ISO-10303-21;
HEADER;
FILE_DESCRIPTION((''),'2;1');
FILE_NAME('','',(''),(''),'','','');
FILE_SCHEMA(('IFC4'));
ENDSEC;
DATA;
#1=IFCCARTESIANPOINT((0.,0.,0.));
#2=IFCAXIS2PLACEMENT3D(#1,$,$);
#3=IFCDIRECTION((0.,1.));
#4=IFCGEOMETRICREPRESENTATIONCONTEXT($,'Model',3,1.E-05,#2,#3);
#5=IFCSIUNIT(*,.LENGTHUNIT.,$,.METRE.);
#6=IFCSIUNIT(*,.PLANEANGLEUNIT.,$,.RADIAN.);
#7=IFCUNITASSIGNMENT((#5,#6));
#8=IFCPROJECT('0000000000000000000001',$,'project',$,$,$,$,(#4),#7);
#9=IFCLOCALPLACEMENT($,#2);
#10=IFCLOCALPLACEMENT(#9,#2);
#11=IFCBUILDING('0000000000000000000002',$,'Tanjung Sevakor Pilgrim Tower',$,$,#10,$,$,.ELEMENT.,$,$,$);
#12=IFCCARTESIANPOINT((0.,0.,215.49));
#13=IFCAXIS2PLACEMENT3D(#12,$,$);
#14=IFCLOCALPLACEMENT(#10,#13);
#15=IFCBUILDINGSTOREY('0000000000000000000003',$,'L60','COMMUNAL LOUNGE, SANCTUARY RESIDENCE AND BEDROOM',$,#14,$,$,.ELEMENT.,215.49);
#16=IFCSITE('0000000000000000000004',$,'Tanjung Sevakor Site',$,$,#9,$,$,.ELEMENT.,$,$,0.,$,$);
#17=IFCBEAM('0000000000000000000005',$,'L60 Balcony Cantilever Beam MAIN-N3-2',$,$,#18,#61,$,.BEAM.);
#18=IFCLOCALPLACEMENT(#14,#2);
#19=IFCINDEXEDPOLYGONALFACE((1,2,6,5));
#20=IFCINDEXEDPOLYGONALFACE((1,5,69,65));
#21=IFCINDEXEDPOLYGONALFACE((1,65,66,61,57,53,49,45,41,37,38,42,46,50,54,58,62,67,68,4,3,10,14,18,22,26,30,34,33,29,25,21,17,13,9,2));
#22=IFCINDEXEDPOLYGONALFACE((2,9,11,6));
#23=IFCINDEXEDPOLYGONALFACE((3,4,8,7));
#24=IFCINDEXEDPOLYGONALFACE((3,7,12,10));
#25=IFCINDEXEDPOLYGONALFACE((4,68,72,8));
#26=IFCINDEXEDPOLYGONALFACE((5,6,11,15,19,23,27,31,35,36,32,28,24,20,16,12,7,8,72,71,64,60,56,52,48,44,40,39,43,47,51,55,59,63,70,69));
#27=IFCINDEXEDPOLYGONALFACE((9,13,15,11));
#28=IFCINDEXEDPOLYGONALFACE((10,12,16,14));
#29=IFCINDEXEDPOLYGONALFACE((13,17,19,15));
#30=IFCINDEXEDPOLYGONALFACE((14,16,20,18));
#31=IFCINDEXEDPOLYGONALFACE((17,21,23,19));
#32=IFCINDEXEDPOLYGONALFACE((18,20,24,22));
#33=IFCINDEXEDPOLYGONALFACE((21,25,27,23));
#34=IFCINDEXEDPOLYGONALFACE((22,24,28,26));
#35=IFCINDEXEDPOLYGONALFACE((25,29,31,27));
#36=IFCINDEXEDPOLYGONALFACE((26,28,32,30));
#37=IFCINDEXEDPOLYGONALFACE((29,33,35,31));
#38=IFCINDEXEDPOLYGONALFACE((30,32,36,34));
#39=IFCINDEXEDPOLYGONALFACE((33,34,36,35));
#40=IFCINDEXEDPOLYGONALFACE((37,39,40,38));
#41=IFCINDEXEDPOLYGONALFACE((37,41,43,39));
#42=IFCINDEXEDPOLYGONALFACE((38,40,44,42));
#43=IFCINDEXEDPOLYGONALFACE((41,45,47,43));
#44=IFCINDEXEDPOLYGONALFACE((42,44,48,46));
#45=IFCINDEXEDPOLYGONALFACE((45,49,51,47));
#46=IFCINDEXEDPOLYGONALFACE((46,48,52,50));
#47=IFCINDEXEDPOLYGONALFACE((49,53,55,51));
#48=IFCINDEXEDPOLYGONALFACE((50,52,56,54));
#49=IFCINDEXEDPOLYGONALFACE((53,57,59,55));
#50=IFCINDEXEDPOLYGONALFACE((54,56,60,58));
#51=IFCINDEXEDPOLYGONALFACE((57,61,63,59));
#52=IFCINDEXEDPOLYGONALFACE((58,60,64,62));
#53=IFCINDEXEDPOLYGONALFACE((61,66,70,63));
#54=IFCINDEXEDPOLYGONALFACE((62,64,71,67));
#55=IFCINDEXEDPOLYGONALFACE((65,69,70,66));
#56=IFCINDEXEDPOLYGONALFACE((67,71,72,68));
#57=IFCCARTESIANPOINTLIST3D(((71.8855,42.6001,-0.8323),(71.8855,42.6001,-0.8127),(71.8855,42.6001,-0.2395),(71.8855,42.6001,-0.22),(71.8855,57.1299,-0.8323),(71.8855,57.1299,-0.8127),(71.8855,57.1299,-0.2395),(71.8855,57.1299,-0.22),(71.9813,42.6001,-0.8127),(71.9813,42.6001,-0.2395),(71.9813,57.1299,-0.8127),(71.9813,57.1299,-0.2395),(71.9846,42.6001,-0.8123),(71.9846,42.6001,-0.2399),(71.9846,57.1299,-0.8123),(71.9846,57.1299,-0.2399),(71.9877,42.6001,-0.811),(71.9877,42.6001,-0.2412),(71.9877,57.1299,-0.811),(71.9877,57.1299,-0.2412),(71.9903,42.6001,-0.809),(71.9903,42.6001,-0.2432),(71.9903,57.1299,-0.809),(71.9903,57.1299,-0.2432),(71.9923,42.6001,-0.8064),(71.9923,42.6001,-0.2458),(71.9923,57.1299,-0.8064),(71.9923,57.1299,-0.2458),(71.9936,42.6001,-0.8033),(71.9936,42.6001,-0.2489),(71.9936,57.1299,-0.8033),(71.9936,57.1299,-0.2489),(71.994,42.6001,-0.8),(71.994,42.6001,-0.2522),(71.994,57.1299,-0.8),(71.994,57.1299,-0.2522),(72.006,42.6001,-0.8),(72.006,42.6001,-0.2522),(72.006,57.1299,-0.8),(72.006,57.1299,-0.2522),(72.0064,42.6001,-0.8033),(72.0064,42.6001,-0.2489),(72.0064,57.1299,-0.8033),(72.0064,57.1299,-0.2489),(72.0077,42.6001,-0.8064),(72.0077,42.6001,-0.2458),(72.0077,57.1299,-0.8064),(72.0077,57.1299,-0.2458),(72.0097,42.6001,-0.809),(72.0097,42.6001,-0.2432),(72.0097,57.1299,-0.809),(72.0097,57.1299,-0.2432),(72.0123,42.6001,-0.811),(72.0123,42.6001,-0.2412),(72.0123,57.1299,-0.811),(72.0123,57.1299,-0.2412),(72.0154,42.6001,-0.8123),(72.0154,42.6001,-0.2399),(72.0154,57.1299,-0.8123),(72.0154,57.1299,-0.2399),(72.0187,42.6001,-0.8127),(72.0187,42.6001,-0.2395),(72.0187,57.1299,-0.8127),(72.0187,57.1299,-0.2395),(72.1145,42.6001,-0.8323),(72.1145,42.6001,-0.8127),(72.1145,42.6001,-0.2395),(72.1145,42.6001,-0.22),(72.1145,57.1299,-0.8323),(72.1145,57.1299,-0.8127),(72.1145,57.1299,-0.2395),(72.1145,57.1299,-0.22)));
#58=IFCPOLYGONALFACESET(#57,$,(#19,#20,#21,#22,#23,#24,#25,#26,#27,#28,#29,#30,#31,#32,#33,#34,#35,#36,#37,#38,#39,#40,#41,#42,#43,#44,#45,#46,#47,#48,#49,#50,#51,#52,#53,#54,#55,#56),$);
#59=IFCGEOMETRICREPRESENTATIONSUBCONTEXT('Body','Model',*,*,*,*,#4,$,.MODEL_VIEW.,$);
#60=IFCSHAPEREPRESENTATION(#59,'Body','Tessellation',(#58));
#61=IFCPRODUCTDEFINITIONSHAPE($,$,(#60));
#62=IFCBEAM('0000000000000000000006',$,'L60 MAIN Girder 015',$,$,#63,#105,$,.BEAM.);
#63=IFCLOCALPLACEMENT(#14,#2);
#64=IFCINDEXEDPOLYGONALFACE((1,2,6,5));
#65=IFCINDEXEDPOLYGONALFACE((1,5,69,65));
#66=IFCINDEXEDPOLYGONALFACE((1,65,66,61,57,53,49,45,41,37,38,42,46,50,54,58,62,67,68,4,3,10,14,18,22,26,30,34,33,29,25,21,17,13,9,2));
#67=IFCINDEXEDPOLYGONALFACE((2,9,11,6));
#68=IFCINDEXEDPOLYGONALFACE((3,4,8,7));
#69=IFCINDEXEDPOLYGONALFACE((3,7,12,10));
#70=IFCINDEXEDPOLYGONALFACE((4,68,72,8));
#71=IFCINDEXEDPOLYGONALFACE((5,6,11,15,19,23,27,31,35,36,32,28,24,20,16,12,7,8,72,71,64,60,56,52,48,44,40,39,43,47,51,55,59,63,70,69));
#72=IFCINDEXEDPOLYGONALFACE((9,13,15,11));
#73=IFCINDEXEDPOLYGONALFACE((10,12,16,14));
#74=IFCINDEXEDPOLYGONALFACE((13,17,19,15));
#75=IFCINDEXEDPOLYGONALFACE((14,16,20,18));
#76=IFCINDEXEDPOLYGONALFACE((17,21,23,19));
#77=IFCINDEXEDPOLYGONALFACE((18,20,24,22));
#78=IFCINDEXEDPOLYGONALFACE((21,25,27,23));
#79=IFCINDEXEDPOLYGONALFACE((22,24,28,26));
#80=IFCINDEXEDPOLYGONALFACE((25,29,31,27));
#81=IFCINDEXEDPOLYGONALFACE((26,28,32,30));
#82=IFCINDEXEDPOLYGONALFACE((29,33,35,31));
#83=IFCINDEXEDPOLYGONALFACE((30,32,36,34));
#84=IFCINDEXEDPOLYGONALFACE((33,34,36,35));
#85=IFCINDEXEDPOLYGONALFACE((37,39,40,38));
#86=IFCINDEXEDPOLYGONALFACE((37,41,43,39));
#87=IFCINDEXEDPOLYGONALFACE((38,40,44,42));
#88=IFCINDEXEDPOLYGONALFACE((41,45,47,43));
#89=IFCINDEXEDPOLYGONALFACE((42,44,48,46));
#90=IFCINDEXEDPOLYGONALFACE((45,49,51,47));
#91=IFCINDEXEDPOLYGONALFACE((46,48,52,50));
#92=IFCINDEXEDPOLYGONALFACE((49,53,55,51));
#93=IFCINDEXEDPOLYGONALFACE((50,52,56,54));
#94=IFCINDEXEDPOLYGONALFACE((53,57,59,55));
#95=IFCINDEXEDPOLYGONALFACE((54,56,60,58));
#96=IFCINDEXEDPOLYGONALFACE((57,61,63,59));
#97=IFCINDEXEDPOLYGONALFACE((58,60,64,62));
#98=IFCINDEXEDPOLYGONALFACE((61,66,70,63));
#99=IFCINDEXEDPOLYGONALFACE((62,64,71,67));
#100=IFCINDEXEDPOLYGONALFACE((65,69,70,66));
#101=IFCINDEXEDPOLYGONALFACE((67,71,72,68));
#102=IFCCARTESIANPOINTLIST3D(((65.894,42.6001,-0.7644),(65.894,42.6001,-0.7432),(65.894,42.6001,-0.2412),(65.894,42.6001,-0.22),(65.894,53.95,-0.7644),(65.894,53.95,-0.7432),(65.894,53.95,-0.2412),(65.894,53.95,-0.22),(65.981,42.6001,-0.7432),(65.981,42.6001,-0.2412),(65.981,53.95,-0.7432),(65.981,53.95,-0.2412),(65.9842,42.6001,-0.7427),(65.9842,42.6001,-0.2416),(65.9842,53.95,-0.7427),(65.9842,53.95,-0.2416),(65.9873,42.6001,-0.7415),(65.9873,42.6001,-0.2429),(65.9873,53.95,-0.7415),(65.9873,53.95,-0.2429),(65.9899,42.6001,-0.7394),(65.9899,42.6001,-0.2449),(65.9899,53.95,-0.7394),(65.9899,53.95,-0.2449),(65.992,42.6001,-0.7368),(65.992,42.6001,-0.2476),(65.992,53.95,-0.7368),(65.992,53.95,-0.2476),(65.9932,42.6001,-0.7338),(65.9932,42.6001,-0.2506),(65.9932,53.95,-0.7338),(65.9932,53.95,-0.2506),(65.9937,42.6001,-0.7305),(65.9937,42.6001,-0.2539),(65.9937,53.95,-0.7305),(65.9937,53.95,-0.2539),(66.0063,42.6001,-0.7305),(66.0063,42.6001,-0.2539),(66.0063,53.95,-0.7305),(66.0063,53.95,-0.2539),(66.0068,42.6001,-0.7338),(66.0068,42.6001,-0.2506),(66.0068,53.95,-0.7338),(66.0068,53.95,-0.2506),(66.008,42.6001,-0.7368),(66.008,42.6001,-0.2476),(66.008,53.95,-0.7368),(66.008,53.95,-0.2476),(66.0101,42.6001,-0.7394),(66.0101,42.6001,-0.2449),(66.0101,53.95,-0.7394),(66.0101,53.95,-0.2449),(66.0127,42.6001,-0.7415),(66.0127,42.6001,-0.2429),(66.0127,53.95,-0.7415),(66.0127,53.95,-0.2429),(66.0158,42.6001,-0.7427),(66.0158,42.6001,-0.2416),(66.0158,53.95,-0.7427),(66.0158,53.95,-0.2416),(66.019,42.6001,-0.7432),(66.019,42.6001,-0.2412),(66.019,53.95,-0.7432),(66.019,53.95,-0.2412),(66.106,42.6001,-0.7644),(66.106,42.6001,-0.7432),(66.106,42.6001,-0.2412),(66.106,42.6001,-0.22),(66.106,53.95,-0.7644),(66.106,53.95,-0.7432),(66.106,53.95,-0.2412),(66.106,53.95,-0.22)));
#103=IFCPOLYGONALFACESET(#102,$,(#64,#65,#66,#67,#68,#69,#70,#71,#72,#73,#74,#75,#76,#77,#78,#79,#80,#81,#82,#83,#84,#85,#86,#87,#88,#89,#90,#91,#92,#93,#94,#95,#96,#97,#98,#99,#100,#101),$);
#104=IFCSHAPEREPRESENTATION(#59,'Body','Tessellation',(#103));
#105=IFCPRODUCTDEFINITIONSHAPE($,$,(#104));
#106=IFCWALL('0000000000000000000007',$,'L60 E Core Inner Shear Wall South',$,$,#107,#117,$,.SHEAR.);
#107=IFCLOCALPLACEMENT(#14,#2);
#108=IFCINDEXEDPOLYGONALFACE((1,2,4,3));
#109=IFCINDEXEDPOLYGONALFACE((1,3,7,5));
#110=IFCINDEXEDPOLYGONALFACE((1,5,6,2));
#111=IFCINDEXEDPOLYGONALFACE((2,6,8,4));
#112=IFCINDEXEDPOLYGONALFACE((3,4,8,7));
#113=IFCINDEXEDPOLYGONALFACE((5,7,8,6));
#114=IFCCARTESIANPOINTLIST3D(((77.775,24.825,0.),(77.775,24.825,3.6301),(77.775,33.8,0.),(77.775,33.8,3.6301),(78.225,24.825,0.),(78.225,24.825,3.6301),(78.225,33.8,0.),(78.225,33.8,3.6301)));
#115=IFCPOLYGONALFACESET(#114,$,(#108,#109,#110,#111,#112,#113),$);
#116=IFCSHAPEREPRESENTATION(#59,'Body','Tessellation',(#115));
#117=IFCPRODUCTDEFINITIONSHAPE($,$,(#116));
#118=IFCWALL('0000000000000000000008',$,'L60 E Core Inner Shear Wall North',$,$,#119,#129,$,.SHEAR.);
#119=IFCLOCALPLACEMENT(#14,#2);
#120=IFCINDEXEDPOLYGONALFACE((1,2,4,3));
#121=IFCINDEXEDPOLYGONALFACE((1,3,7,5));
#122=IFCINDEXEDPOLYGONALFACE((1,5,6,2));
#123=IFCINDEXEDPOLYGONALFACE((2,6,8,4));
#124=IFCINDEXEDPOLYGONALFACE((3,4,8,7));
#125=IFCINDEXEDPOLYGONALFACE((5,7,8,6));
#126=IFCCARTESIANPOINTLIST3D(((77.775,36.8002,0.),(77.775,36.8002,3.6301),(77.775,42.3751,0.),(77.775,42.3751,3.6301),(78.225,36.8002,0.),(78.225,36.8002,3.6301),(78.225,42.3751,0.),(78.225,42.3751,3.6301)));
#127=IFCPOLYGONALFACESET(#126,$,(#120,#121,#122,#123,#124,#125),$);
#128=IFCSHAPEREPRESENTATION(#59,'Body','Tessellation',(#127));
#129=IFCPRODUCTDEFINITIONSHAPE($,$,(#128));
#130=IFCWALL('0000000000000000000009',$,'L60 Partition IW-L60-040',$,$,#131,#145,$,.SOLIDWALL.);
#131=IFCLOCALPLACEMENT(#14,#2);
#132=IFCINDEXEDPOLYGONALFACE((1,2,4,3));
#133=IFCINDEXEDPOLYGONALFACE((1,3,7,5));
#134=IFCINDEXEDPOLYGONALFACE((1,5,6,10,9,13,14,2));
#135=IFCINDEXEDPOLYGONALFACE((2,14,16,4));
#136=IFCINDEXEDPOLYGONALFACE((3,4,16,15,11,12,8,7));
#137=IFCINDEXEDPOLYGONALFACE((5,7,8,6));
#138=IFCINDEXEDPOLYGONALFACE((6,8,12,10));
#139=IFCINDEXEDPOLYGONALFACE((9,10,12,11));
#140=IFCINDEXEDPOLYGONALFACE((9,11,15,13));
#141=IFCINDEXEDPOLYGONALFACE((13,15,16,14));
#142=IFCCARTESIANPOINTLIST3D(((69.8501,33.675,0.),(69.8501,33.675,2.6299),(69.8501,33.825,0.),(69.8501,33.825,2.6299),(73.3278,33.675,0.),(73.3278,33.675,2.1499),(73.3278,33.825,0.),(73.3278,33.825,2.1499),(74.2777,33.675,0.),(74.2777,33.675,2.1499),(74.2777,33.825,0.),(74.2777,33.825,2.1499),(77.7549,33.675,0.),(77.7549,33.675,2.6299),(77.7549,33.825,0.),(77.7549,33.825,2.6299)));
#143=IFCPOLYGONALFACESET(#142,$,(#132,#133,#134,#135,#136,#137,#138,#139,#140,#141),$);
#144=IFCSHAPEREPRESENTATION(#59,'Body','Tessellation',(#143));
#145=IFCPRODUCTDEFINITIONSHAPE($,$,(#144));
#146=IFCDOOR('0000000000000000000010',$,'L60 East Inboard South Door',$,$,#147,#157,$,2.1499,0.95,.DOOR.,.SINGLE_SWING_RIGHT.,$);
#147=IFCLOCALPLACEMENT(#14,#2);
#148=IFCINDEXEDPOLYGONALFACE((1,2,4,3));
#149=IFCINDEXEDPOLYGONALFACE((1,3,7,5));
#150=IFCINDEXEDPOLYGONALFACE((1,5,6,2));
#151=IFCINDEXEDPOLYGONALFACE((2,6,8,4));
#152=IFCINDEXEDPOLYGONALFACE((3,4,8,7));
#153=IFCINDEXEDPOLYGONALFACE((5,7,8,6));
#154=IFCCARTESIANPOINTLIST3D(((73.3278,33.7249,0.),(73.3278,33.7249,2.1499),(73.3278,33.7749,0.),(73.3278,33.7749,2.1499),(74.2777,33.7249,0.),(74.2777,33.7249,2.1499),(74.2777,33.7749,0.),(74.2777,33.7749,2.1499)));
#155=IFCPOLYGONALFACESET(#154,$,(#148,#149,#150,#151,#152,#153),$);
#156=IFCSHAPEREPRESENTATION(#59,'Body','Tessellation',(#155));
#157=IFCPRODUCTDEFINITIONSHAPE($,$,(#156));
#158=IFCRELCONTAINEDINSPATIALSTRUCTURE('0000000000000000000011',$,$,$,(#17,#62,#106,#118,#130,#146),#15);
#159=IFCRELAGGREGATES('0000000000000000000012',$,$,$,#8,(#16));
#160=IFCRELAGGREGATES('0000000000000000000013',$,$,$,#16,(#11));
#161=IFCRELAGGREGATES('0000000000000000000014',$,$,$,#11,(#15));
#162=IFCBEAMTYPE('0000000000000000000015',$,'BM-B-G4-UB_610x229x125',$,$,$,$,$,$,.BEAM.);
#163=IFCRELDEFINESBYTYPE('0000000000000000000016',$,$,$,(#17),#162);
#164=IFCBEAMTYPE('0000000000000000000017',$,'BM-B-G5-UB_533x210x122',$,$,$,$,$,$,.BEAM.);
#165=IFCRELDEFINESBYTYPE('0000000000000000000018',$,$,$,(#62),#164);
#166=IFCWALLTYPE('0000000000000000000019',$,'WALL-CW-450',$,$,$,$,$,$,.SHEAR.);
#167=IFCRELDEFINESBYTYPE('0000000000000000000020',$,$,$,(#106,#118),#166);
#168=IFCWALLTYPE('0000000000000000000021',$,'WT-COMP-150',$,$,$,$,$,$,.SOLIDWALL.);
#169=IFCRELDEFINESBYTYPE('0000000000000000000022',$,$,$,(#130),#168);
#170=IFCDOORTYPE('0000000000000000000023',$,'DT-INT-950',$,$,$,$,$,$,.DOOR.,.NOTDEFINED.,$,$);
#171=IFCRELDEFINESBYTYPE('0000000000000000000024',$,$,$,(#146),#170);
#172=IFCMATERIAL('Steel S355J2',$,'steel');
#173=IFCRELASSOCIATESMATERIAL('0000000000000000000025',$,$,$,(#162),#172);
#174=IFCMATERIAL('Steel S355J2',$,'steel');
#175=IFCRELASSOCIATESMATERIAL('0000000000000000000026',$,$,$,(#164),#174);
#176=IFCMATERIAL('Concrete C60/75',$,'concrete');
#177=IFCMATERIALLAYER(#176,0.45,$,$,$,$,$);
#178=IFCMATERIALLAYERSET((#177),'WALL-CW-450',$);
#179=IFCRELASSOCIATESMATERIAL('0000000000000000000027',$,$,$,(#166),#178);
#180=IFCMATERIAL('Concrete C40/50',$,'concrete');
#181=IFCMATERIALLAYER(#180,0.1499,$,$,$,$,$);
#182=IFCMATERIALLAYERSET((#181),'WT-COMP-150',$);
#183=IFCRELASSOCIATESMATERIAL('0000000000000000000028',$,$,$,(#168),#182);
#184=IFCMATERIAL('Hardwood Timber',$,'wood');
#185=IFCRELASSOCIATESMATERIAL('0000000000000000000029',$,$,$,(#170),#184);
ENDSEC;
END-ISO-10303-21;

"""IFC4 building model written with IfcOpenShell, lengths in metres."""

from ifc_helpers import new_model, si_unit, direction, frame, frame_2d, origin, origin_2d, place, context, subcontext, project, spatial, rectangle, i_section, extrude, material, layer, layer_set, material_profile, profile_set, type_object, element, fill, save


model = new_model("IFC4")

# Units and contexts
model_context = context("Model", 3, precision=1e-05, world=origin(), true_north=direction((0.0, 1.0)))
body_context = subcontext(model_context, "Body", "Model", "MODEL_VIEW")
ifc_project = project(units=[si_unit("LENGTHUNIT", "METRE"), si_unit("PLANEANGLEUNIT", "RADIAN")], contexts=[model_context])

# Site, building, storey
site_placement = place(None, origin())
site = spatial("IfcSite", under=ifc_project, at=site_placement, Name="Tanjung Sevakor Site", CompositionType="ELEMENT", RefElevation=0.0)
building_placement = place(site_placement, origin())
building = spatial("IfcBuilding", under=site, at=building_placement, Name="Tanjung Sevakor Pilgrim Tower", CompositionType="ELEMENT")
storey_placement = place(building_placement, frame((0.0, 0.0, 215.49)))
storey = spatial("IfcBuildingStorey", under=building, at=storey_placement, Name="L60", Description="COMMUNAL LOUNGE, SANCTUARY RESIDENCE AND BEDROOM", CompositionType="ELEMENT", Elevation=215.49)

# Beams
ifc_material_1 = material(Name="Steel S355J2", Category="steel")
ifc_material_profile_1 = material_profile(ifc_material_1, i_section(OverallWidth=0.229, OverallDepth=0.6123, WebThickness=0.012, FlangeThickness=0.0195, FilletRadius=0.0127, at=origin_2d()))
ifc_profile_set_1 = profile_set([ifc_material_profile_1], Name="Steel S355J2")
beam_type_1 = type_object("IfcBeamType", Name="BM-B-G4-UB_610x229x125", PredefinedType="BEAM", material=ifc_profile_set_1)
beam_1_placement = place(storey_placement, frame((72.0, 42.6001, -0.5261), z_axis=(0.0, 1.0, 0.0), x_axis=(-1.0, 0.0, 0.0)))
element("IfcBeam", 1, at=beam_1_placement, inside=storey, type_object=beam_type_1, Name="L60 Balcony Cantilever Beam MAIN-N3-2", PredefinedType="BEAM", context=body_context, shape_type="SweptSolid", body=[
    extrude(i_section(OverallWidth=0.229, OverallDepth=0.6123, WebThickness=0.012, FlangeThickness=0.0195, FilletRadius=0.0127, at=origin_2d()), origin(), (0.0, 0.0, 1.0), 14.5298),
])
ifc_material_2 = material(Name="Steel S355J2", Category="steel")
ifc_material_profile_2 = material_profile(ifc_material_2, i_section(OverallWidth=0.2119, OverallDepth=0.5444, WebThickness=0.0127, FlangeThickness=0.0212, FilletRadius=0.0127, at=origin_2d()))
ifc_profile_set_2 = profile_set([ifc_material_profile_2], Name="Steel S355J2")
beam_type_2 = type_object("IfcBeamType", Name="BM-B-G5-UB_533x210x122", PredefinedType="BEAM", material=ifc_profile_set_2)
beam_2_placement = place(storey_placement, frame((66.0, 42.6001, -0.4922), z_axis=(0.0, 1.0, 0.0), x_axis=(-1.0, 0.0, 0.0)))
element("IfcBeam", 2, at=beam_2_placement, inside=storey, type_object=beam_type_2, Name="L60 MAIN Girder 015", PredefinedType="BEAM", context=body_context, shape_type="SweptSolid", body=[
    extrude(i_section(OverallWidth=0.2119, OverallDepth=0.5444, WebThickness=0.0127, FlangeThickness=0.0212, FilletRadius=0.0127, at=origin_2d()), origin(), (0.0, 0.0, 1.0), 11.3499),
])

# Walls
ifc_material_3 = material(Name="Concrete C60/75", Category="concrete")
ifc_layer_1 = layer(ifc_material_3, 0.45)
ifc_layer_set_1 = layer_set([ifc_layer_1], Name="WALL-CW-450")
wall_type_1 = type_object("IfcWallType", Name="WALL-CW-450", PredefinedType="SHEAR", material=ifc_layer_set_1)
wall_1_placement = place(storey_placement, frame((78.0, 24.825, 0.0), z_axis=(0.0, 0.0, 1.0), x_axis=(0.0, 1.0, 0.0)))
element("IfcWall", 3, at=wall_1_placement, inside=storey, type_object=wall_type_1, Name="L60 E Core Inner Shear Wall South", PredefinedType="SHEAR", context=body_context, shape_type="SweptSolid", body=[
    extrude(rectangle(XDim=8.9751, YDim=0.45, at=frame_2d((4.4875, 0.0))), origin(), (0.0, 0.0, 1.0), 3.6301),
])
wall_2_placement = place(storey_placement, frame((78.0, 36.8, 0.0), z_axis=(0.0, 0.0, 1.0), x_axis=(0.0, 1.0, 0.0)))
element("IfcWall", 4, at=wall_2_placement, inside=storey, type_object=wall_type_1, Name="L60 E Core Inner Shear Wall North", PredefinedType="SHEAR", context=body_context, shape_type="SweptSolid", body=[
    extrude(rectangle(XDim=5.575, YDim=0.45, at=frame_2d((2.7876, 0.0))), origin(), (0.0, 0.0, 1.0), 3.6301),
])

# Wall, opening, door
ifc_material_4 = material(Name="Concrete C40/50", Category="concrete")
ifc_layer_2 = layer(ifc_material_4, 0.1499)
ifc_layer_set_2 = layer_set([ifc_layer_2], Name="WT-COMP-150")
wall_type_2 = type_object("IfcWallType", Name="WT-COMP-150", PredefinedType="SOLIDWALL", material=ifc_layer_set_2)
wall_3_placement = place(storey_placement, frame((69.8501, 33.75, 0.0), z_axis=(0.0, 0.0, 1.0), x_axis=(1.0, 0.0, 0.0)))
wall_3 = element("IfcWall", 5, at=wall_3_placement, inside=storey, type_object=wall_type_2, Name="L60 Partition IW-L60-040", PredefinedType="SOLIDWALL", context=body_context, shape_type="SweptSolid", body=[
    extrude(rectangle(XDim=7.9048, YDim=0.1499, at=frame_2d((3.9524, 0.0))), origin(), (0.0, 0.0, 1.0), 2.6299),
])
opening_1_placement = place(wall_3_placement, frame((3.4775, 0.0, 0.0)))
opening_1 = element("IfcOpeningElement", 6, at=opening_1_placement, cuts=wall_3, PredefinedType="OPENING", context=body_context, shape_type="SweptSolid", body=[
    extrude(rectangle(XDim=0.95, YDim=2.1499, at=frame_2d((0.4751, 1.075))), frame((0.0, 0.085, 0.0), z_axis=(0.0, -1.0, 0.0), x_axis=(1.0, 0.0, 0.0)), (0.0, 0.0, 1.0), 0.1699),
])
ifc_material_5 = material(Name="Hardwood Timber", Category="wood")
door_type = type_object("IfcDoorType", Name="DT-INT-950", OperationType="NOTDEFINED", PredefinedType="DOOR", material=ifc_material_5)
door_1_placement = place(opening_1_placement, origin())
door_1 = element("IfcDoor", 7, at=door_1_placement, inside=storey, type_object=door_type, Name="L60 East Inboard South Door", OperationType="SINGLE_SWING_RIGHT", OverallHeight=2.1499, OverallWidth=0.95, PredefinedType="DOOR", context=body_context, shape_type="SweptSolid", body=[
    extrude(rectangle(XDim=0.95, YDim=2.1499, at=frame_2d((0.4751, 1.075))), frame((0.0, 0.0249, 0.0), z_axis=(0.0, -1.0, 0.0), x_axis=(1.0, 0.0, 0.0)), (0.0, 0.0, 1.0), 0.05),
])
fill(opening_1, door_1)

save(model, "model.ifc")
